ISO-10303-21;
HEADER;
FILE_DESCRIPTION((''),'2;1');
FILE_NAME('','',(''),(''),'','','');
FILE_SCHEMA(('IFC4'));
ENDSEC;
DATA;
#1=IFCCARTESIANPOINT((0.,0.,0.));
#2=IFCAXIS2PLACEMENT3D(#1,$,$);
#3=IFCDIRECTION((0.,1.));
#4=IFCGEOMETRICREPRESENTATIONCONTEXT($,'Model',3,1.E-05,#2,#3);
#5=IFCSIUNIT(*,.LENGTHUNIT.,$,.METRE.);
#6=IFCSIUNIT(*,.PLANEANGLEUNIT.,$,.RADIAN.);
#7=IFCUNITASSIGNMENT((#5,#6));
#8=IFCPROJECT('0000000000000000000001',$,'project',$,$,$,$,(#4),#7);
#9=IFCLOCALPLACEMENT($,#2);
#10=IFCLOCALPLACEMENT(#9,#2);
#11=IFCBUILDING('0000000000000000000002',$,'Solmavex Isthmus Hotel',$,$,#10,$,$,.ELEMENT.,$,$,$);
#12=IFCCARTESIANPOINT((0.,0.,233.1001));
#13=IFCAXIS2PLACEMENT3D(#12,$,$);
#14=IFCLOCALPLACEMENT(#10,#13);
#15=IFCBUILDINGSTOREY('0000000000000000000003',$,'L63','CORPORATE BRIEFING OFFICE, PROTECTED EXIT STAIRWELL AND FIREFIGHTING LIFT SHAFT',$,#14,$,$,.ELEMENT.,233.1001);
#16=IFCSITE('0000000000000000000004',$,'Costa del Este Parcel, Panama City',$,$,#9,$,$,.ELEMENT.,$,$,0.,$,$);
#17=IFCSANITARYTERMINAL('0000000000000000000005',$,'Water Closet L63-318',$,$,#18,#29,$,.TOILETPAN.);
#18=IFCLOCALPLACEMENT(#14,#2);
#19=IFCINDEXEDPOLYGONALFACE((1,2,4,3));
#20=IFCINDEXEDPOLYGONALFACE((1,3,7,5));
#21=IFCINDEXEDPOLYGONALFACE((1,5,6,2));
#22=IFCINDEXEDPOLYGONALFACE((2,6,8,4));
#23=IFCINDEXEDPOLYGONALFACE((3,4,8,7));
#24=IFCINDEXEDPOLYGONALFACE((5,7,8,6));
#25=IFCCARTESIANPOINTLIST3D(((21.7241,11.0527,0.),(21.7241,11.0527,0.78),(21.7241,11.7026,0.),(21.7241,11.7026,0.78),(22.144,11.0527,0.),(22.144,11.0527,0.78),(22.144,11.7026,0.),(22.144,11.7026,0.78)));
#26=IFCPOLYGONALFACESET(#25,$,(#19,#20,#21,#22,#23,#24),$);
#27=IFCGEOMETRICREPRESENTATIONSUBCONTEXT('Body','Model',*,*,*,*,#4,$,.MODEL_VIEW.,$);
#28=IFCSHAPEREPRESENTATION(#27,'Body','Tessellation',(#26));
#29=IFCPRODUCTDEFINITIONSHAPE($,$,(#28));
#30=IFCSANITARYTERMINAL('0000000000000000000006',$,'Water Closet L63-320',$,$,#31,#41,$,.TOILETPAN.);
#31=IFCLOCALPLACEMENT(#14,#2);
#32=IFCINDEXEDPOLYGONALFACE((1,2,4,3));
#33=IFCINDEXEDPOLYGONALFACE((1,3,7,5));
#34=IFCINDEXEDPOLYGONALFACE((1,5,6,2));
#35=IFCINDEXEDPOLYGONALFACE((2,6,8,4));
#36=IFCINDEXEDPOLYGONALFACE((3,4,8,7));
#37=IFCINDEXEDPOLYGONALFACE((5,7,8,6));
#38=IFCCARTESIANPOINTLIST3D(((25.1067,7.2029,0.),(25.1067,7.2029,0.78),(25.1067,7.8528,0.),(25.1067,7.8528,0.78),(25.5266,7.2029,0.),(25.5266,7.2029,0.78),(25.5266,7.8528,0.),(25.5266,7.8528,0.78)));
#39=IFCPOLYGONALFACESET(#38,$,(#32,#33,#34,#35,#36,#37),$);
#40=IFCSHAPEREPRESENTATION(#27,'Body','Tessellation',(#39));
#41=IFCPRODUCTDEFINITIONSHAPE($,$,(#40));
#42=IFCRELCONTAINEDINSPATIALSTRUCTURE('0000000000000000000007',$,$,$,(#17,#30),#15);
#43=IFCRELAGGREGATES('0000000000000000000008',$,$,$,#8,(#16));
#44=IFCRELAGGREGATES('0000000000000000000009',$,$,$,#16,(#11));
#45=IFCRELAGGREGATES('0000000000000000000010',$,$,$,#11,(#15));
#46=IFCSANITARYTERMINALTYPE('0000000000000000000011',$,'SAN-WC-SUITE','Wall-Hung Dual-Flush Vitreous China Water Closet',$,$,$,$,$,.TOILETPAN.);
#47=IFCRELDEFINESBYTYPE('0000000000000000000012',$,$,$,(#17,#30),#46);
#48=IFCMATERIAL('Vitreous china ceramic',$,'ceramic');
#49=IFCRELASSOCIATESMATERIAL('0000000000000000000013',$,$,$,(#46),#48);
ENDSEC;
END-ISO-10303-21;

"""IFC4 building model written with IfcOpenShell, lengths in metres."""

from ifc_helpers import new_model, si_unit, direction, frame, origin, origin_2d, place, context, subcontext, project, spatial, rectangle, extrude, material, type_object, element, save


model = new_model("IFC4")

# Units and contexts
model_context = context("Model", 3, precision=1e-05, world=origin(), true_north=direction((0.0, 1.0)))
body_context = subcontext(model_context, "Body", "Model", "MODEL_VIEW")
ifc_project = project(units=[si_unit("LENGTHUNIT", "METRE"), si_unit("PLANEANGLEUNIT", "RADIAN")], contexts=[model_context])

# Site, building, storey
site_placement = place(None, origin())
site = spatial("IfcSite", under=ifc_project, at=site_placement, Name="Costa del Este Parcel, Panama City", CompositionType="ELEMENT", RefElevation=0.0)
building_placement = place(site_placement, origin())
building = spatial("IfcBuilding", under=site, at=building_placement, Name="Solmavex Isthmus Hotel", CompositionType="ELEMENT")
storey_placement = place(building_placement, frame((0.0, 0.0, 233.1001)))
storey = spatial("IfcBuildingStorey", under=building, at=storey_placement, Name="L63", Description="CORPORATE BRIEFING OFFICE, PROTECTED EXIT STAIRWELL AND FIREFIGHTING LIFT SHAFT", CompositionType="ELEMENT", Elevation=233.1001)

# Sanitary terminals
ifc_material_1 = material(Name="Vitreous china ceramic", Category="ceramic")
sanitary_terminal_type_1 = type_object("IfcSanitaryTerminalType", Name="SAN-WC-SUITE", Description="Wall-Hung Dual-Flush Vitreous China Water Closet", PredefinedType="TOILETPAN", material=ifc_material_1)
for number, where, z_axis, x_axis, name in (
    (1, (21.9341, 11.3777, 0.0), (0.0, 0.0, 1.0), (1.0, 0.0, 0.0), "Water Closet L63-318"),
    (2, (25.3167, 7.5278, 0.0), (0.0, 0.0, 1.0), (1.0, 0.0, 0.0), "Water Closet L63-320"),
):
    element("IfcSanitaryTerminal", number, at=place(storey_placement, frame(where, z_axis=z_axis, x_axis=x_axis)), inside=storey, type_object=sanitary_terminal_type_1, Name=name, PredefinedType="TOILETPAN", context=body_context, shape_type="SweptSolid", body=[
        extrude(rectangle(XDim=0.4199, YDim=0.6499, at=origin_2d()), origin(), (0.0, 0.0, 1.0), 0.78),
    ])

save(model, "model.ifc")
